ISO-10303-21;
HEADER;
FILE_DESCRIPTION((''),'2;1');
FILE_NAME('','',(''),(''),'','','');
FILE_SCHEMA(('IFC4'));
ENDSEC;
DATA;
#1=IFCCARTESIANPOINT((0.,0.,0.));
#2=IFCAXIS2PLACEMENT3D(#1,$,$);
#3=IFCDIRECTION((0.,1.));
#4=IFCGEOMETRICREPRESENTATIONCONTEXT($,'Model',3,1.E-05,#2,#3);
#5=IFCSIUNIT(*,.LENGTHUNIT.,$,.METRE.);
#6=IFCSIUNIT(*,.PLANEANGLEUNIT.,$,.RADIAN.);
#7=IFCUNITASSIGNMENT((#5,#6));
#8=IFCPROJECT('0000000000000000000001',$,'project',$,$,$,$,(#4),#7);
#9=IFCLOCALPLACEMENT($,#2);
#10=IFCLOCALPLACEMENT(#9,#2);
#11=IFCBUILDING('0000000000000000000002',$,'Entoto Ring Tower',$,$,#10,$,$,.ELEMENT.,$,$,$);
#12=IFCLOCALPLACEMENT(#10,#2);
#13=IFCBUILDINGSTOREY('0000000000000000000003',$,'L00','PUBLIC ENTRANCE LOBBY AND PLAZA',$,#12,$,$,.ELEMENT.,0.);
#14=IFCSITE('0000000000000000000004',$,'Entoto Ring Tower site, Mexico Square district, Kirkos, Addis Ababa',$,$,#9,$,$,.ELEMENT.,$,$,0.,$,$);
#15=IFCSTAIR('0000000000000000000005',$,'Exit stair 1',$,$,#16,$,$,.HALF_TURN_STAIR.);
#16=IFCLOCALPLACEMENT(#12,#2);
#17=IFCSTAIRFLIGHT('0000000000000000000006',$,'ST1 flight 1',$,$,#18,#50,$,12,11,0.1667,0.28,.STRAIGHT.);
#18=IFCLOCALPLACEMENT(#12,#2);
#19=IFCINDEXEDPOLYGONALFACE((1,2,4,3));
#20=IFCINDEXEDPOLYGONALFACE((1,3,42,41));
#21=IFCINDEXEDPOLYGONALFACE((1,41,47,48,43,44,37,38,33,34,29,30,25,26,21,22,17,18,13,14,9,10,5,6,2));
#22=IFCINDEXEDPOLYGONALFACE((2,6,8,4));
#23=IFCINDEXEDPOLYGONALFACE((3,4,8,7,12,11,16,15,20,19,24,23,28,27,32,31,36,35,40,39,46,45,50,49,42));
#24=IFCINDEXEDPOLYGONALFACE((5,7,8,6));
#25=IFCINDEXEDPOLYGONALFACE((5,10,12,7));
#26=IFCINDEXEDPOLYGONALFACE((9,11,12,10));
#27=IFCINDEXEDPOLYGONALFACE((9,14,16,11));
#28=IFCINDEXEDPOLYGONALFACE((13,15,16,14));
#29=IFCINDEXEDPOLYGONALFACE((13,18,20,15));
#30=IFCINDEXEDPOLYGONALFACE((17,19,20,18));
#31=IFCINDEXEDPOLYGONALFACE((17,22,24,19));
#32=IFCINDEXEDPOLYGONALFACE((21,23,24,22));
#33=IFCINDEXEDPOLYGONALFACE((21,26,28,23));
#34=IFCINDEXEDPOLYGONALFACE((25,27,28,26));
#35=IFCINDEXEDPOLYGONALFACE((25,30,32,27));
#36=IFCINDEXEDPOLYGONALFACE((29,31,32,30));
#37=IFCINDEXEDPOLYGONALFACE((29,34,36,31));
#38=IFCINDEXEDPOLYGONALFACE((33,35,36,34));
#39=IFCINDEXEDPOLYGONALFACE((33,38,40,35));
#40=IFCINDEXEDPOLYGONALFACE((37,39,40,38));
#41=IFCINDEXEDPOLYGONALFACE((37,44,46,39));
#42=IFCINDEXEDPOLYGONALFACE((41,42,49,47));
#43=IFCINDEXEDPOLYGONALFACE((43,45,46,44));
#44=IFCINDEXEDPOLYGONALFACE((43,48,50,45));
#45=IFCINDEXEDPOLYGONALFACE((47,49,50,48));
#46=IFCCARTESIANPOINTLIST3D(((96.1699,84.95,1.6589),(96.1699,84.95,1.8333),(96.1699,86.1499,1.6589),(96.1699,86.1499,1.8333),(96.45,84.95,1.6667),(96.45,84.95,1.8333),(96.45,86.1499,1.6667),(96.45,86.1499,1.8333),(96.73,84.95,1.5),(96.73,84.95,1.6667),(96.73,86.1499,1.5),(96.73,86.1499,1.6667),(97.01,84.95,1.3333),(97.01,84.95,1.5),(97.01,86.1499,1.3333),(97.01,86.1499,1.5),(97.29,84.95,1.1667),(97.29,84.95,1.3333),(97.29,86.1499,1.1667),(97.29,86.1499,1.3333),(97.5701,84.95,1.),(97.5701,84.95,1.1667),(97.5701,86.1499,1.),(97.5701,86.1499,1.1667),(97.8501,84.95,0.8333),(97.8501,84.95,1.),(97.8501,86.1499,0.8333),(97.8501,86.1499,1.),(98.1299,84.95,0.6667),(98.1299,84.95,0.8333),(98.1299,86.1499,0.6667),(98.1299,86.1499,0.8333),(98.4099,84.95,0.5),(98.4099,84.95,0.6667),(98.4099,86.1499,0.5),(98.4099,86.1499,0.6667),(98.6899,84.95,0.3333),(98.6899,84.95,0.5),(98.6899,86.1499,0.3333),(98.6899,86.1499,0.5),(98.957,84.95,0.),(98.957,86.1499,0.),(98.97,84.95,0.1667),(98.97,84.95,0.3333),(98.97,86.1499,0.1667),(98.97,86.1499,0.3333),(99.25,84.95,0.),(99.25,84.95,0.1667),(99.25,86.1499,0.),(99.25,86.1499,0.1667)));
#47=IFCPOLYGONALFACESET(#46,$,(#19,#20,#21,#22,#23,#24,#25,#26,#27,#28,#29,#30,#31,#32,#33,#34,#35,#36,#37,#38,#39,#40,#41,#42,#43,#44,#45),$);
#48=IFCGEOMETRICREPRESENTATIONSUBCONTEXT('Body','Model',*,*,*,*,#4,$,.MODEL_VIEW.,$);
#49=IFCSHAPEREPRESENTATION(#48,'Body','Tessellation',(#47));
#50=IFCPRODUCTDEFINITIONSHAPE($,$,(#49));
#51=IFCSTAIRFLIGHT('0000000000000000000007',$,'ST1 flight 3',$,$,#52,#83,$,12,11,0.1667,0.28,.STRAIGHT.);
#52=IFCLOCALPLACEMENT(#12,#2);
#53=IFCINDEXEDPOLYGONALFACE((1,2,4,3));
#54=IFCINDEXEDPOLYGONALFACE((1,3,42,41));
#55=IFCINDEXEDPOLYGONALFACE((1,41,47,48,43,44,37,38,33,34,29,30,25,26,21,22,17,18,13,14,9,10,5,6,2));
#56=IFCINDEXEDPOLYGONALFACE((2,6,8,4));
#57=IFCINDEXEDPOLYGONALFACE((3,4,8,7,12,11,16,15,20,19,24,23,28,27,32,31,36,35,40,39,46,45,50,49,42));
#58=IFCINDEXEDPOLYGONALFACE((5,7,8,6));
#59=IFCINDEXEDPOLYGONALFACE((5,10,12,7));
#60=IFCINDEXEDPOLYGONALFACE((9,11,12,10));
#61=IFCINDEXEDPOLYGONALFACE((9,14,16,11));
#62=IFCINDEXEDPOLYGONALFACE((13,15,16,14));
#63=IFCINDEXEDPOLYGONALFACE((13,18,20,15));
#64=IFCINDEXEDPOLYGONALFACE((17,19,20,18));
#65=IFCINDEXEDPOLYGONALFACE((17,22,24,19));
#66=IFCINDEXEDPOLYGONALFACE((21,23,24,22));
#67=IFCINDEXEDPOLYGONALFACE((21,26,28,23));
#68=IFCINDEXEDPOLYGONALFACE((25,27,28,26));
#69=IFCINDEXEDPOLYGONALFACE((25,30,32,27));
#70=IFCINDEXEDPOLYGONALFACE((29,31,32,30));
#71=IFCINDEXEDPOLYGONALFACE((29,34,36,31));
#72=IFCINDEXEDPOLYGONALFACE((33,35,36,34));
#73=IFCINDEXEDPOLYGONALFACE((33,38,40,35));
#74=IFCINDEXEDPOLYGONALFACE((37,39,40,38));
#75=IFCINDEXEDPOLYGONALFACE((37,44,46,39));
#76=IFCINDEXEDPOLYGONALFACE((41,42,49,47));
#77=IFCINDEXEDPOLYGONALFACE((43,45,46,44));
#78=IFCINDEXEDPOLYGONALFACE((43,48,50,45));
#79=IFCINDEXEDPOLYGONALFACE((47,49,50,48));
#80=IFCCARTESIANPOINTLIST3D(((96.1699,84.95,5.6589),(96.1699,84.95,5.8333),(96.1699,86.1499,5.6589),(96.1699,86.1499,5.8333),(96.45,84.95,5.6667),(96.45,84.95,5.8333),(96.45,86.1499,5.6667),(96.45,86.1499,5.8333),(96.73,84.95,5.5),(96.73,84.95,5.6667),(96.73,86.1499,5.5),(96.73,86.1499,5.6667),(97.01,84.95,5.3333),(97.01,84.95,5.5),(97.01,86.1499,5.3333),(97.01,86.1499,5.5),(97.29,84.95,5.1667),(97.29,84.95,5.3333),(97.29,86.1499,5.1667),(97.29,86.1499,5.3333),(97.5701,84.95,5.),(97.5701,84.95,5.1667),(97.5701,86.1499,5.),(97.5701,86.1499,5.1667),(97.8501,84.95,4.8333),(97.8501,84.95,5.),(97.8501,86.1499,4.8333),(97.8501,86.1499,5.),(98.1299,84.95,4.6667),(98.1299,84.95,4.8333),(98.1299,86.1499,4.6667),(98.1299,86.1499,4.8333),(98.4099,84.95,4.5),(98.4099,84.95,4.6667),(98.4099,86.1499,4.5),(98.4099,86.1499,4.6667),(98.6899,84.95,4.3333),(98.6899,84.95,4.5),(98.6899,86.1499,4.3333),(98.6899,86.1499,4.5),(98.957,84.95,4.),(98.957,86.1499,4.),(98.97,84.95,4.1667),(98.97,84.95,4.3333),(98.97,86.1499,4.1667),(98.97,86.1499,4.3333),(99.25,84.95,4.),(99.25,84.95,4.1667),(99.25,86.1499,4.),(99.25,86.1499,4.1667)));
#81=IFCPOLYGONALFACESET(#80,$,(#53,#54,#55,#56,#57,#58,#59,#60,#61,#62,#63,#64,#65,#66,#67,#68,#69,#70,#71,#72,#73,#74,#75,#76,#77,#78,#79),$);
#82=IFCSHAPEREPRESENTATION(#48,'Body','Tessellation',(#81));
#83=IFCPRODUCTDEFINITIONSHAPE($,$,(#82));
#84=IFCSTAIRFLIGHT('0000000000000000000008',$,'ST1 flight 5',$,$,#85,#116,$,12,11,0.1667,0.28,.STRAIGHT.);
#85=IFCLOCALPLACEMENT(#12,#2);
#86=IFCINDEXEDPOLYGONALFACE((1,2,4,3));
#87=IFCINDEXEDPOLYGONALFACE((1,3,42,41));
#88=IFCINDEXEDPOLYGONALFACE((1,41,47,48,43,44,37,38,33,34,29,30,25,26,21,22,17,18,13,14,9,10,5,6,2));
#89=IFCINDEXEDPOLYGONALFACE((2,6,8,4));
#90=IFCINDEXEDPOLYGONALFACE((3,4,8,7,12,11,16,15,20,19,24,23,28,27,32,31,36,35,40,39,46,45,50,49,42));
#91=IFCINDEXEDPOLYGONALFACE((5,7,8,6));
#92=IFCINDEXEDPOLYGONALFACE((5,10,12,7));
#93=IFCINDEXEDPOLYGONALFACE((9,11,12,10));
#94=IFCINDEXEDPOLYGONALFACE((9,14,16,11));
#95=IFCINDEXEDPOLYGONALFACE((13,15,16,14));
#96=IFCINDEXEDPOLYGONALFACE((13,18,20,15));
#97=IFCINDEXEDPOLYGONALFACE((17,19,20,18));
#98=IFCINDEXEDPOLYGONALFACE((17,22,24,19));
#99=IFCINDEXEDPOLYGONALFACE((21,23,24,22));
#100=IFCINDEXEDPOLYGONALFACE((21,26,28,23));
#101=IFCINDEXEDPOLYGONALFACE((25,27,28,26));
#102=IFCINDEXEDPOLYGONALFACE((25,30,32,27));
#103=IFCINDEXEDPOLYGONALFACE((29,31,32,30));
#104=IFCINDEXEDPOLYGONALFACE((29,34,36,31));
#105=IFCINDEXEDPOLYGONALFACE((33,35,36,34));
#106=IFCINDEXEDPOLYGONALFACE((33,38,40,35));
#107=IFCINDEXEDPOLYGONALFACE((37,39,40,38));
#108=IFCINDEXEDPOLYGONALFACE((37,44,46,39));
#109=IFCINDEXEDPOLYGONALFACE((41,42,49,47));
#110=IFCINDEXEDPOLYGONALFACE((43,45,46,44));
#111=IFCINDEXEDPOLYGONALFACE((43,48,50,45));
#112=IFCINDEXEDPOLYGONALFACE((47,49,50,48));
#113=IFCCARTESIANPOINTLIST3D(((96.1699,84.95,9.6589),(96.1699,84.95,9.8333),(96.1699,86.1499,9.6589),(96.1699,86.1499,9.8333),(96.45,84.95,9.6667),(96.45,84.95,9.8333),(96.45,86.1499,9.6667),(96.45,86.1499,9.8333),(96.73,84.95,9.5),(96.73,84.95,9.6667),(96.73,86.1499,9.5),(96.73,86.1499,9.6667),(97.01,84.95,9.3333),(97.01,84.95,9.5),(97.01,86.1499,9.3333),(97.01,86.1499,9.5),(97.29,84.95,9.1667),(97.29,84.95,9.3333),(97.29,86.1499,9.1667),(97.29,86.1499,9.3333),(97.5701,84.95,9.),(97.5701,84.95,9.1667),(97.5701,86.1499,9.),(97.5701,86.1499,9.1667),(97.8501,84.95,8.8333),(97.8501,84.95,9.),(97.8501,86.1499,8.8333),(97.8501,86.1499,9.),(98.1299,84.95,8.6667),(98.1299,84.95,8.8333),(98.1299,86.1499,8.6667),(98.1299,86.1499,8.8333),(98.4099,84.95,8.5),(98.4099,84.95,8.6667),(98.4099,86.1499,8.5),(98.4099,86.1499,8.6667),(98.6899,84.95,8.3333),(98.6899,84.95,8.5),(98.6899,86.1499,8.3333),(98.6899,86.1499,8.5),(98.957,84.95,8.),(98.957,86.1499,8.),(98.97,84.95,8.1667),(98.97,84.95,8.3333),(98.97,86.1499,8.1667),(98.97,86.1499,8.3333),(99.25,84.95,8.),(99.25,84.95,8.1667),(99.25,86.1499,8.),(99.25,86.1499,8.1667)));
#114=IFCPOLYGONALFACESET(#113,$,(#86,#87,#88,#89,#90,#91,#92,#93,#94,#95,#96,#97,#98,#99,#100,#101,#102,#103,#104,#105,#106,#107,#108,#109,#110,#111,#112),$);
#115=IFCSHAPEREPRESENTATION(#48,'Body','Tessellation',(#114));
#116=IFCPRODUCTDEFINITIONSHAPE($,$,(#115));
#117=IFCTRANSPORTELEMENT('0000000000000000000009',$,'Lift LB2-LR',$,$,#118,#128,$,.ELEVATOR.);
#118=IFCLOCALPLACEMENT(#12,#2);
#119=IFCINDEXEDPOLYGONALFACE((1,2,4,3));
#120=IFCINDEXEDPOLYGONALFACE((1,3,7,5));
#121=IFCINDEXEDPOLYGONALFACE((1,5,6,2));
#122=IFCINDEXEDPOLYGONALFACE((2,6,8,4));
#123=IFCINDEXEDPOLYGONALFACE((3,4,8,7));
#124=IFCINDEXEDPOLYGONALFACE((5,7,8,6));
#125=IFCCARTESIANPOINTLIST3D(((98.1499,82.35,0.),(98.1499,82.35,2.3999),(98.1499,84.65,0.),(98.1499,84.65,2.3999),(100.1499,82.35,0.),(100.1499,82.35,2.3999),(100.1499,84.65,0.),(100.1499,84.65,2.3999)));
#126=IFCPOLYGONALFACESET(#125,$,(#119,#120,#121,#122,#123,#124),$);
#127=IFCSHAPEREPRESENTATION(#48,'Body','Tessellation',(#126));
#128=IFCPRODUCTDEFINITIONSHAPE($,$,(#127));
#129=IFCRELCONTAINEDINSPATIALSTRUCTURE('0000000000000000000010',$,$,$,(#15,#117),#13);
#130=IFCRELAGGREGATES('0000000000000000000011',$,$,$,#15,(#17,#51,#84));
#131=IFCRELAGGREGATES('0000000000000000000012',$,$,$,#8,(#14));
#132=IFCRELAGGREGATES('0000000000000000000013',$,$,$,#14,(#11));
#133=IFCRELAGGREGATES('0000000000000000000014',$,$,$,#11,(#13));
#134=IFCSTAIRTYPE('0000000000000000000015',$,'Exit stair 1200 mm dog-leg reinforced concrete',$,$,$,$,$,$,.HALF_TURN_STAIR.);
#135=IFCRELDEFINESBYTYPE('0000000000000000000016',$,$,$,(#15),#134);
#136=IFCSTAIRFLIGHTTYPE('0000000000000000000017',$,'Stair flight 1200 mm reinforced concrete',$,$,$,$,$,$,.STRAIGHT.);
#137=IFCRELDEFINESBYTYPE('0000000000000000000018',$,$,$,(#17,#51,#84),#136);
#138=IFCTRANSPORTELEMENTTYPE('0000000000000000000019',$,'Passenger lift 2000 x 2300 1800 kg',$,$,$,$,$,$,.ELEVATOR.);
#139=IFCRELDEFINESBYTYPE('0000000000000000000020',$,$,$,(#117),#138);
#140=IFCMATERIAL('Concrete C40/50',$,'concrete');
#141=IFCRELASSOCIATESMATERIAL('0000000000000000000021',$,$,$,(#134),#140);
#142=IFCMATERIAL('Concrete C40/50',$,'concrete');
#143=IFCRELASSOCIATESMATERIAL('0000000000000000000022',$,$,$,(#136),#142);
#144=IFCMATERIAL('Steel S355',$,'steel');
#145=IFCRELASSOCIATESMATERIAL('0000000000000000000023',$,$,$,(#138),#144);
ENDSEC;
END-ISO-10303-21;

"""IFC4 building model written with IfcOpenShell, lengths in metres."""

from ifc_helpers import new_model, si_unit, direction, frame, origin, origin_2d, place, context, subcontext, project, spatial, polyline, rectangle, outline, extrude, material, type_object, element, aggregate, save


model = new_model("IFC4")

# Units and contexts
model_context = context("Model", 3, precision=1e-05, world=origin(), true_north=direction((0.0, 1.0)))
body_context = subcontext(model_context, "Body", "Model", "MODEL_VIEW")
ifc_project = project(units=[si_unit("LENGTHUNIT", "METRE"), si_unit("PLANEANGLEUNIT", "RADIAN")], contexts=[model_context])

# Site, building, storey
site_placement = place(None, origin())
site = spatial("IfcSite", under=ifc_project, at=site_placement, Name="Entoto Ring Tower site, Mexico Square district, Kirkos, Addis Ababa", CompositionType="ELEMENT", RefElevation=0.0)
building_placement = place(site_placement, origin())
building = spatial("IfcBuilding", under=site, at=building_placement, Name="Entoto Ring Tower", CompositionType="ELEMENT")
storey_placement = place(building_placement, origin())
storey = spatial("IfcBuildingStorey", under=building, at=storey_placement, Name="L00", Description="PUBLIC ENTRANCE LOBBY AND PLAZA", CompositionType="ELEMENT", Elevation=0.0)

# Stair, stair flights
ifc_material_1 = material(Name="Concrete C40/50", Category="concrete")
stair_type = type_object("IfcStairType", Name="Exit stair 1200 mm dog-leg reinforced concrete", PredefinedType="HALF_TURN_STAIR", material=ifc_material_1)
stair_placement = place(storey_placement, origin())
stair = element("IfcStair", 1, at=stair_placement, inside=storey, type_object=stair_type, Name="Exit stair 1", PredefinedType="HALF_TURN_STAIR")
ifc_material_2 = material(Name="Concrete C40/50", Category="concrete")
stair_flight_type = type_object("IfcStairFlightType", Name="Stair flight 1200 mm reinforced concrete", PredefinedType="STRAIGHT", material=ifc_material_2)
stair_flight_1_placement = place(storey_placement, frame((99.25, 85.55, 0.0), z_axis=(0.0, 0.0, 1.0), x_axis=(-1.0, 0.0, 0.0)))
stair_flight_1 = element("IfcStairFlight", 2, at=stair_flight_1_placement, type_object=stair_flight_type, Name="ST1 flight 1", NumberOfRisers=12, NumberOfTreads=11, PredefinedType="STRAIGHT", RiserHeight=0.1667, TreadLength=0.28, context=body_context, shape_type="SweptSolid", body=[
    extrude(outline(polyline([(0.0, 0.0), (0.0, 0.1667), (0.28, 0.1667), (0.28, 0.3333), (0.5601, 0.3333), (0.5601, 0.5), (0.8401, 0.5), (0.8401, 0.6667), (1.1201, 0.6667), (1.1201, 0.8333), (1.3999, 0.8333), (1.3999, 1.0), (1.6799, 1.0), (1.6799, 1.1667), (1.96, 1.1667), (1.96, 1.3333), (2.24, 1.3333), (2.24, 1.5), (2.52, 1.5), (2.52, 1.6667), (2.8, 1.6667), (2.8, 1.8333), (3.0801, 1.8333), (3.0801, 2.0), (3.0801, 1.6589), (0.293, 0.0), (0.0, 0.0)])), frame((0.0, 0.6001, 0.0), z_axis=(0.0, -1.0, 0.0), x_axis=(1.0, 0.0, 0.0)), (0.0, 0.0, 1.0), 1.2),
])
stair_flight_2_placement = place(storey_placement, frame((99.25, 85.55, 4.0), z_axis=(0.0, 0.0, 1.0), x_axis=(-1.0, 0.0, 0.0)))
stair_flight_2 = element("IfcStairFlight", 3, at=stair_flight_2_placement, type_object=stair_flight_type, Name="ST1 flight 3", NumberOfRisers=12, NumberOfTreads=11, PredefinedType="STRAIGHT", RiserHeight=0.1667, TreadLength=0.28, context=body_context, shape_type="SweptSolid", body=[
    extrude(outline(polyline([(0.0, 0.0), (0.0, 0.1667), (0.28, 0.1667), (0.28, 0.3333), (0.5601, 0.3333), (0.5601, 0.5), (0.8401, 0.5), (0.8401, 0.6667), (1.1201, 0.6667), (1.1201, 0.8333), (1.3999, 0.8333), (1.3999, 1.0), (1.6799, 1.0), (1.6799, 1.1667), (1.96, 1.1667), (1.96, 1.3333), (2.24, 1.3333), (2.24, 1.5), (2.52, 1.5), (2.52, 1.6667), (2.8, 1.6667), (2.8, 1.8333), (3.0801, 1.8333), (3.0801, 2.0), (3.0801, 1.6589), (0.293, 0.0), (0.0, 0.0)])), frame((0.0, 0.6001, 0.0), z_axis=(0.0, -1.0, 0.0), x_axis=(1.0, 0.0, 0.0)), (0.0, 0.0, 1.0), 1.2),
])
stair_flight_3_placement = place(storey_placement, frame((99.25, 85.55, 8.0), z_axis=(0.0, 0.0, 1.0), x_axis=(-1.0, 0.0, 0.0)))
stair_flight_3 = element("IfcStairFlight", 4, at=stair_flight_3_placement, type_object=stair_flight_type, Name="ST1 flight 5", NumberOfRisers=12, NumberOfTreads=11, PredefinedType="STRAIGHT", RiserHeight=0.1667, TreadLength=0.28, context=body_context, shape_type="SweptSolid", body=[
    extrude(outline(polyline([(0.0, 0.0), (0.0, 0.1667), (0.28, 0.1667), (0.28, 0.3333), (0.5601, 0.3333), (0.5601, 0.5), (0.8401, 0.5), (0.8401, 0.6667), (1.1201, 0.6667), (1.1201, 0.8333), (1.3999, 0.8333), (1.3999, 1.0), (1.6799, 1.0), (1.6799, 1.1667), (1.96, 1.1667), (1.96, 1.3333), (2.24, 1.3333), (2.24, 1.5), (2.52, 1.5), (2.52, 1.6667), (2.8, 1.6667), (2.8, 1.8333), (3.0801, 1.8333), (3.0801, 2.0), (3.0801, 1.6589), (0.293, 0.0), (0.0, 0.0)])), frame((0.0, 0.6001, 0.0), z_axis=(0.0, -1.0, 0.0), x_axis=(1.0, 0.0, 0.0)), (0.0, 0.0, 1.0), 1.2),
])
aggregate(stair, [stair_flight_1, stair_flight_2, stair_flight_3])

# Transport element
ifc_material_3 = material(Name="Steel S355", Category="steel")
transport_element_type = type_object("IfcTransportElementType", Name="Passenger lift 2000 x 2300 1800 kg", PredefinedType="ELEVATOR", material=ifc_material_3)
transport_element_placement = place(storey_placement, frame((99.1499, 83.5, 0.0), z_axis=(0.0, 0.0, 1.0), x_axis=(1.0, 0.0, 0.0)))
element("IfcTransportElement", 5, at=transport_element_placement, inside=storey, type_object=transport_element_type, Name="Lift LB2-LR", PredefinedType="ELEVATOR", context=body_context, shape_type="SweptSolid", body=[
    extrude(rectangle(XDim=2.0, YDim=2.3, at=origin_2d()), origin(), (0.0, 0.0, 1.0), 2.3999),
])

save(model, "model.ifc")
